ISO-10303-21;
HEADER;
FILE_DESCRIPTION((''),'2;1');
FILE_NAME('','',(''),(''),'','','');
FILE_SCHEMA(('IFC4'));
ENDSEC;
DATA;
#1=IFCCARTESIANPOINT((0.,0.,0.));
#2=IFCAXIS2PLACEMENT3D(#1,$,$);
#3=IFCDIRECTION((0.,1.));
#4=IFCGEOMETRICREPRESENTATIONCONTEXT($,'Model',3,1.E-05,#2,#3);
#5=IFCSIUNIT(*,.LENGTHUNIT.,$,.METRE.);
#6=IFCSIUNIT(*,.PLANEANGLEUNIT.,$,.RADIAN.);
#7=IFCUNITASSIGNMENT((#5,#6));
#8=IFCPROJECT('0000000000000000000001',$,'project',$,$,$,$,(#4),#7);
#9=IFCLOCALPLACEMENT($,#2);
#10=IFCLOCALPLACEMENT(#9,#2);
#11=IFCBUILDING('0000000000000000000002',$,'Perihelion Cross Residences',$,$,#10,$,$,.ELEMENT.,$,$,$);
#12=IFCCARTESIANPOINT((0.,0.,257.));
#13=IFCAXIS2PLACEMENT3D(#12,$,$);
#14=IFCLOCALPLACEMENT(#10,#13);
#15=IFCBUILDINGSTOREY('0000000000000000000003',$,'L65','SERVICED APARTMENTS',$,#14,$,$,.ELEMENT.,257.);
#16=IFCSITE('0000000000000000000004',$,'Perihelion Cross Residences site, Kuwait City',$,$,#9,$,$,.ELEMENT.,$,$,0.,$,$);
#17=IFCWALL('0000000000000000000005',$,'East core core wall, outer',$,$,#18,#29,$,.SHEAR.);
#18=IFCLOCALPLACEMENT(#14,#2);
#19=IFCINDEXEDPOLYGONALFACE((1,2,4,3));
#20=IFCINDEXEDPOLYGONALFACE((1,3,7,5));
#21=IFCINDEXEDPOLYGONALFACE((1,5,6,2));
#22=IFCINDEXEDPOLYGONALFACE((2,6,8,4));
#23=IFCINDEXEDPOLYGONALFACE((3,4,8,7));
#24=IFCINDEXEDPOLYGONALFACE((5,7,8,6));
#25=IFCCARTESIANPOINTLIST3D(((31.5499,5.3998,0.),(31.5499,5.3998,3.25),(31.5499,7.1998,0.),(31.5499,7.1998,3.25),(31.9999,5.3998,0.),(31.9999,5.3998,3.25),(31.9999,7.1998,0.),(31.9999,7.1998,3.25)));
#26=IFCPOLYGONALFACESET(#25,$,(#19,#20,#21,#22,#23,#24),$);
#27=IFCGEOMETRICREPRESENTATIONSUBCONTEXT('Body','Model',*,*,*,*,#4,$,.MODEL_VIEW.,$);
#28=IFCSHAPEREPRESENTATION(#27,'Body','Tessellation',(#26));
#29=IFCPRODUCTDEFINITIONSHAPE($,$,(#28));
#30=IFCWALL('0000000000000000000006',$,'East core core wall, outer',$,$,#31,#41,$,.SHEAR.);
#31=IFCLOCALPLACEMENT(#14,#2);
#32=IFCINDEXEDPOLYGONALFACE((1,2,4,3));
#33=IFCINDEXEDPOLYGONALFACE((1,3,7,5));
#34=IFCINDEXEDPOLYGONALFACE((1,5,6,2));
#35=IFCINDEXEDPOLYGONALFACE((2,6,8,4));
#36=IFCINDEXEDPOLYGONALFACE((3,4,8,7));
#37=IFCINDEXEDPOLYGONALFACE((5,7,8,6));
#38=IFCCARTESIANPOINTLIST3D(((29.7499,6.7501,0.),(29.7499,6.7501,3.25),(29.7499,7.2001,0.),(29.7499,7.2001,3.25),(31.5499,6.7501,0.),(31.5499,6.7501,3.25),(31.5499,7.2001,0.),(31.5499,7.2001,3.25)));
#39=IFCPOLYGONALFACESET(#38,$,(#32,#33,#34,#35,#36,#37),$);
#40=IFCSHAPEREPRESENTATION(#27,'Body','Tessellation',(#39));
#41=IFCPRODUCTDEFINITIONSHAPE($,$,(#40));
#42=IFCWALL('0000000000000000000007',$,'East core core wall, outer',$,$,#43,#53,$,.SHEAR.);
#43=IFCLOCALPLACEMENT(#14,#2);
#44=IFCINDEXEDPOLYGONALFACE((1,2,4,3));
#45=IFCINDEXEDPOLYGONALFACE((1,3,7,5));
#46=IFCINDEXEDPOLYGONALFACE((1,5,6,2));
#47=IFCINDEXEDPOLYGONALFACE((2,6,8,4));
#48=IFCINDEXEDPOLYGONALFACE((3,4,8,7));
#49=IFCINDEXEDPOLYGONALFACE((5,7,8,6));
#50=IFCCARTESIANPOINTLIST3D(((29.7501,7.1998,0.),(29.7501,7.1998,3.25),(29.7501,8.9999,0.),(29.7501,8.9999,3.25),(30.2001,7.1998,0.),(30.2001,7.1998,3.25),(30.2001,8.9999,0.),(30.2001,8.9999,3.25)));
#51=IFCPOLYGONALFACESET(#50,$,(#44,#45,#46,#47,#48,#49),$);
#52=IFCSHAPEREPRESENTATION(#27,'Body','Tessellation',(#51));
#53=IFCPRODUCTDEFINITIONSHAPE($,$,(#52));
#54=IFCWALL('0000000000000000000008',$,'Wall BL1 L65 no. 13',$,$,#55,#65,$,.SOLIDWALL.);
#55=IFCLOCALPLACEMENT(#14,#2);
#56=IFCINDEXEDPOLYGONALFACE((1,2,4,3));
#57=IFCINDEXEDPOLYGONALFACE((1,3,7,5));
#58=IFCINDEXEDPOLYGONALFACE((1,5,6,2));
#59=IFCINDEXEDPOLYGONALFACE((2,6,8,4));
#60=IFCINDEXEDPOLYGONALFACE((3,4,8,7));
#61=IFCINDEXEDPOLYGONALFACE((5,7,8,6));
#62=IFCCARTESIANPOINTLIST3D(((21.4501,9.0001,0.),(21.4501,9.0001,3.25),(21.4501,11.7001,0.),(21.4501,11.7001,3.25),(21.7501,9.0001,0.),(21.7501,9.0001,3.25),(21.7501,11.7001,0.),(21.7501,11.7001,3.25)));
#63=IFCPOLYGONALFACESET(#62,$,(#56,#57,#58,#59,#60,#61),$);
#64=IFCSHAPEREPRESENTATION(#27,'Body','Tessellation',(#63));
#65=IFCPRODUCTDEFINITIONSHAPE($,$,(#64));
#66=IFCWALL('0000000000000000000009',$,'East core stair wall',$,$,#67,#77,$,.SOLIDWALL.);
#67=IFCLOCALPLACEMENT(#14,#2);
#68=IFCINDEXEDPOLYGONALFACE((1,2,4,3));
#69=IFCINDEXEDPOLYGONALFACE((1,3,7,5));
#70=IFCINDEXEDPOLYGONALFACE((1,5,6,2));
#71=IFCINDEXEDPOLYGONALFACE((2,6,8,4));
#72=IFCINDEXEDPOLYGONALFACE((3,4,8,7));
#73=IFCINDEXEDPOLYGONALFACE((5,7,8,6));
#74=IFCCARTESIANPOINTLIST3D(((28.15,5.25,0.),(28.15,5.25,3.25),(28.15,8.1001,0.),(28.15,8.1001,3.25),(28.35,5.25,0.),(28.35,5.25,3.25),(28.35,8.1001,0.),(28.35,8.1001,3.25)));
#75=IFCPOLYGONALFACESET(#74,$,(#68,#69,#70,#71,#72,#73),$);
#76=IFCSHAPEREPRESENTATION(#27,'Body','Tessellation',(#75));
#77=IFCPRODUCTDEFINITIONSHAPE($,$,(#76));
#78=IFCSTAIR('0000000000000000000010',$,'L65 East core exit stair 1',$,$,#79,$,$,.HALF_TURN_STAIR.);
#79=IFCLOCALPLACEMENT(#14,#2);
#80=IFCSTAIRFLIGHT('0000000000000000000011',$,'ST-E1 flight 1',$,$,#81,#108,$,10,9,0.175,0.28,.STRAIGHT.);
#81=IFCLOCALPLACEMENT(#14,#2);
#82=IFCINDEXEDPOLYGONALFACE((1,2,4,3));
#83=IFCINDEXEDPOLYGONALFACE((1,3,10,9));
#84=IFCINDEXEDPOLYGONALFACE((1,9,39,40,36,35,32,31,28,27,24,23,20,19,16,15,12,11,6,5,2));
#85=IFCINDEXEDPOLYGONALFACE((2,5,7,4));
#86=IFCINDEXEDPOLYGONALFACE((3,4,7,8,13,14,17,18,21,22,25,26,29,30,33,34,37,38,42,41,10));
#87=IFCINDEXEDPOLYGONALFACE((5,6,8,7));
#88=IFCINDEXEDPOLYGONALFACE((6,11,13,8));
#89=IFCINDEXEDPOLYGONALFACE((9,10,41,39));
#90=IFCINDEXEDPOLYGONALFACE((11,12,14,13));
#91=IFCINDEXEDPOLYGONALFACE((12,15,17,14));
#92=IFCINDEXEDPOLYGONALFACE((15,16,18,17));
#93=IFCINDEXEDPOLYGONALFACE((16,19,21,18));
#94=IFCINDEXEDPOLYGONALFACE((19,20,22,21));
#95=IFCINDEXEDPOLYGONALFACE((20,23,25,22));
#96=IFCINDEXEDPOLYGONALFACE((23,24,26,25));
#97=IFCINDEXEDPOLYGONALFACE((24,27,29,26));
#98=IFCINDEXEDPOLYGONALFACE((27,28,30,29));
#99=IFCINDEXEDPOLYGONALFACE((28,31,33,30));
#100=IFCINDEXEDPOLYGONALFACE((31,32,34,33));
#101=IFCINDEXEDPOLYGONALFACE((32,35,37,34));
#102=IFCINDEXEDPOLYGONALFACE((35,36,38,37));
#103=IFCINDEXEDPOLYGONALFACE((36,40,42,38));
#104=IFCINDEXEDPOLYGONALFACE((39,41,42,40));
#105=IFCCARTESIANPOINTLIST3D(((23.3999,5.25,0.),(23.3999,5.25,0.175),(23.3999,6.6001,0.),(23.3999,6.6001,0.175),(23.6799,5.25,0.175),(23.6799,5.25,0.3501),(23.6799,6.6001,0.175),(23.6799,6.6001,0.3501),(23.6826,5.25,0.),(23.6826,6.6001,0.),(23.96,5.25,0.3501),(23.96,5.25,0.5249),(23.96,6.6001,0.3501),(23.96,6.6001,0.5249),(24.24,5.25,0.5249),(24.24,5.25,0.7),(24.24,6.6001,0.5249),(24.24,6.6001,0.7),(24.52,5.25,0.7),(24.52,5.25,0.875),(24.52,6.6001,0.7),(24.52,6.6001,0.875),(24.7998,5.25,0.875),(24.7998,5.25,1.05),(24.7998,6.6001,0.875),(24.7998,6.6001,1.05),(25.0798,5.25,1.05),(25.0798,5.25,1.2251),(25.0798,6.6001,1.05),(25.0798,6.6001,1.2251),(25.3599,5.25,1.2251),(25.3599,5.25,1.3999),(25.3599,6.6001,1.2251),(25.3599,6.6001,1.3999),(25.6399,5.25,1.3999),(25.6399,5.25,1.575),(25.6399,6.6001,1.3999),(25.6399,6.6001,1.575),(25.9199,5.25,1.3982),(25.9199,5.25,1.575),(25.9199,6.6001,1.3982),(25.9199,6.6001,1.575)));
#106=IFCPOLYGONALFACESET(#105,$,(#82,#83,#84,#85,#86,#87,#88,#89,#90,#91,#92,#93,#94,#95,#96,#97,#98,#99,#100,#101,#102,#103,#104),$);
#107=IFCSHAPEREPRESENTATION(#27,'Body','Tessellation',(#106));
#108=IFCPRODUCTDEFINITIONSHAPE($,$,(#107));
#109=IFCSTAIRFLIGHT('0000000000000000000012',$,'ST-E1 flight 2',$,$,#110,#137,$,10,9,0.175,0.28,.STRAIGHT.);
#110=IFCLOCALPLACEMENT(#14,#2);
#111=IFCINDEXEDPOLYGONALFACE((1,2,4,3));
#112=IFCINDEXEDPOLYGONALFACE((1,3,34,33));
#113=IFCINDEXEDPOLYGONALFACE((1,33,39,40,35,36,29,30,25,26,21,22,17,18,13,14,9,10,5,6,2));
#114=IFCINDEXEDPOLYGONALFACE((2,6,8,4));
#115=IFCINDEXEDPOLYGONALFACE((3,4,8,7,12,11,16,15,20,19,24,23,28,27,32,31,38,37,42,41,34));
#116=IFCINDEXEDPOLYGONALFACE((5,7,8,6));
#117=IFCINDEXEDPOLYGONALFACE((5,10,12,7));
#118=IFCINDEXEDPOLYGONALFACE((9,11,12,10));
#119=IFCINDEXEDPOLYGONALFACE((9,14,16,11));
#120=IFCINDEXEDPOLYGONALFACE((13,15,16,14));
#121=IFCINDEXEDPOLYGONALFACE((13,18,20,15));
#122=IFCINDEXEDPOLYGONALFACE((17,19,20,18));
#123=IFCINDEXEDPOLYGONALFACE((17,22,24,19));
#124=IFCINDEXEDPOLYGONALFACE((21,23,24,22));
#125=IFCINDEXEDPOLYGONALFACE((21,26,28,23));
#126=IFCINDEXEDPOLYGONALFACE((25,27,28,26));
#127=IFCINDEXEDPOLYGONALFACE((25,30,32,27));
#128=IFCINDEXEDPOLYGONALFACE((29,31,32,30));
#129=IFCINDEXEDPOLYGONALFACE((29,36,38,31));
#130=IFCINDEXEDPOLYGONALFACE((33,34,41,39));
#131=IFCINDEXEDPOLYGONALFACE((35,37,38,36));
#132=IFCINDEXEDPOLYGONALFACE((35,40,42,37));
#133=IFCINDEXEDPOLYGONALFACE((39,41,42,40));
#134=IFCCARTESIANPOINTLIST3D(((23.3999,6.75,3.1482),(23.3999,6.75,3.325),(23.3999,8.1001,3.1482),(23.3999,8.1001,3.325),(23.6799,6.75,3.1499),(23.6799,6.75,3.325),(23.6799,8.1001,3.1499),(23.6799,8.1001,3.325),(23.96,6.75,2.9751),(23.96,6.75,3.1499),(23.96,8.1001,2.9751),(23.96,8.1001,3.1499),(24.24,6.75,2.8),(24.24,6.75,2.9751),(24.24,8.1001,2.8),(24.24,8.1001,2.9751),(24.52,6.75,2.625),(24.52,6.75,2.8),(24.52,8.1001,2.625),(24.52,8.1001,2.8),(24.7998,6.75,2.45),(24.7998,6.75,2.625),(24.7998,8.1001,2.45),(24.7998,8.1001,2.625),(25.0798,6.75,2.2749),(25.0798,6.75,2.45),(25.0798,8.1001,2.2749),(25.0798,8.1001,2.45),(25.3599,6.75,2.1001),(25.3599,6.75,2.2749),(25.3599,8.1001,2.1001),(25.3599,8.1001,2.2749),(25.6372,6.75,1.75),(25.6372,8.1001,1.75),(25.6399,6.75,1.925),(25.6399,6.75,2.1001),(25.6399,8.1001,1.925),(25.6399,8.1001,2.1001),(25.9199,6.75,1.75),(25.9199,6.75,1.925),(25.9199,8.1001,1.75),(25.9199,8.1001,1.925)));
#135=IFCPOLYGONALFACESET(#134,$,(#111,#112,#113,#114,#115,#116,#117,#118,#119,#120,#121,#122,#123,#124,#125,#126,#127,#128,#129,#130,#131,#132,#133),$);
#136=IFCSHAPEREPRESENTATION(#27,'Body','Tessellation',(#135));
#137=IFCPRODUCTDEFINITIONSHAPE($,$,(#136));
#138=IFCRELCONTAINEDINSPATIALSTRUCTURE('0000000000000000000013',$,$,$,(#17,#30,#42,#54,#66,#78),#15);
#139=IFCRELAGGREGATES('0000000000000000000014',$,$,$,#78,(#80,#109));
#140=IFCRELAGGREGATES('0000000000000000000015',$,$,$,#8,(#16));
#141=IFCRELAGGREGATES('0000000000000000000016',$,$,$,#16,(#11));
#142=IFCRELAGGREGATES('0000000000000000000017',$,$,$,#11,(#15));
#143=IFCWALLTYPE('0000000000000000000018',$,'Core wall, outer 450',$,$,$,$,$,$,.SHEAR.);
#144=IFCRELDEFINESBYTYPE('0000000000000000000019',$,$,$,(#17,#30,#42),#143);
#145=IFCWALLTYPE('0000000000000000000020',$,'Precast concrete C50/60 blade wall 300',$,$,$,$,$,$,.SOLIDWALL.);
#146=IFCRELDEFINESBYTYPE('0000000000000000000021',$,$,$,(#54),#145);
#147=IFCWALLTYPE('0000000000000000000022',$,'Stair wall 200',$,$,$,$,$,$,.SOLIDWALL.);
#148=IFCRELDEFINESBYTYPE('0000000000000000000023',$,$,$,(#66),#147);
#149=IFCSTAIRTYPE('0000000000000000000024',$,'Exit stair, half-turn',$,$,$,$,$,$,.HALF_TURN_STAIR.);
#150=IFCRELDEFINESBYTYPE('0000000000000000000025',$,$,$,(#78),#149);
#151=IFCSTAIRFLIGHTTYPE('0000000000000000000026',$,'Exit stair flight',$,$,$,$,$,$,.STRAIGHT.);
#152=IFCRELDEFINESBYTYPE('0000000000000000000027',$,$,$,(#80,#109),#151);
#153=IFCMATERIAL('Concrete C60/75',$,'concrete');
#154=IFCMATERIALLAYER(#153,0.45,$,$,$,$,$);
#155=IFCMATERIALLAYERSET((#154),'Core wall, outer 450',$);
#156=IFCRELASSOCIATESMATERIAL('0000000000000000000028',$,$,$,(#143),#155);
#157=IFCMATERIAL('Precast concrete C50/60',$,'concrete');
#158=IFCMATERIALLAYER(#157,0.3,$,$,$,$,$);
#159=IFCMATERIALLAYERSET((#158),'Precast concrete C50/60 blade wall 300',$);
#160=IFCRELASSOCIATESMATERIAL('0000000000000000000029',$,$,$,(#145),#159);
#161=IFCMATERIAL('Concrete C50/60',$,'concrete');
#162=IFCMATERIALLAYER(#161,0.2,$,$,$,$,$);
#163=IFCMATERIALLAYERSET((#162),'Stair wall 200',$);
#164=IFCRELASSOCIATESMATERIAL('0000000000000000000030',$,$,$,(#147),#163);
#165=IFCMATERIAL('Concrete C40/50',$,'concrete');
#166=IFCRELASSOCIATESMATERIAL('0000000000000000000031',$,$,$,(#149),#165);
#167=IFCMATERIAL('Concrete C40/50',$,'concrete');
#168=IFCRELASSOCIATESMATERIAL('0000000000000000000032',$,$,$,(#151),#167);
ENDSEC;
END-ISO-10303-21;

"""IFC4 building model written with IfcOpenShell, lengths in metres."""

from ifc_helpers import new_model, si_unit, direction, frame, frame_2d, origin, place, context, subcontext, project, spatial, polyline, rectangle, outline, extrude, material, layer, layer_set, type_object, element, aggregate, save


model = new_model("IFC4")

# Units and contexts
model_context = context("Model", 3, precision=1e-05, world=origin(), true_north=direction((0.0, 1.0)))
body_context = subcontext(model_context, "Body", "Model", "MODEL_VIEW")
ifc_project = project(units=[si_unit("LENGTHUNIT", "METRE"), si_unit("PLANEANGLEUNIT", "RADIAN")], contexts=[model_context])

# Site, building, storey
site_placement = place(None, origin())
site = spatial("IfcSite", under=ifc_project, at=site_placement, Name="Perihelion Cross Residences site, Kuwait City", CompositionType="ELEMENT", RefElevation=0.0)
building_placement = place(site_placement, origin())
building = spatial("IfcBuilding", under=site, at=building_placement, Name="Perihelion Cross Residences", CompositionType="ELEMENT")
storey_placement = place(building_placement, frame((0.0, 0.0, 257.0)))
storey = spatial("IfcBuildingStorey", under=building, at=storey_placement, Name="L65", Description="SERVICED APARTMENTS", CompositionType="ELEMENT", Elevation=257.0)

# Walls
ifc_material_1 = material(Name="Concrete C60/75", Category="concrete")
ifc_layer_1 = layer(ifc_material_1, 0.45)
ifc_layer_set_1 = layer_set([ifc_layer_1], Name="Core wall, outer 450")
wall_type_1 = type_object("IfcWallType", Name="Core wall, outer 450", PredefinedType="SHEAR", material=ifc_layer_set_1)
for number, where, z_axis, x_axis, name in (
    (1, (31.7749, 5.3999, 0.0), (0.0, 0.0, 1.0), (0.0, 1.0, 0.0), "East core core wall, outer"),
    (2, (29.75, 6.9751, 0.0), (0.0, 0.0, 1.0), (1.0, 0.0, 0.0), "East core core wall, outer"),
    (3, (29.9751, 7.2, 0.0), (0.0, 0.0, 1.0), (0.0, 1.0, 0.0), "East core core wall, outer"),
):
    element("IfcWall", number, at=place(storey_placement, frame(where, z_axis=z_axis, x_axis=x_axis)), inside=storey, type_object=wall_type_1, Name=name, PredefinedType="SHEAR", context=body_context, shape_type="SweptSolid", body=[
        extrude(rectangle(XDim=1.8, YDim=0.45, at=frame_2d((0.8999, 0.0))), origin(), (0.0, 0.0, 1.0), 3.25),
    ])
ifc_material_2 = material(Name="Precast concrete C50/60", Category="concrete")
ifc_layer_2 = layer(ifc_material_2, 0.3)
ifc_layer_set_2 = layer_set([ifc_layer_2], Name="Precast concrete C50/60 blade wall 300")
wall_type_2 = type_object("IfcWallType", Name="Precast concrete C50/60 blade wall 300", PredefinedType="SOLIDWALL", material=ifc_layer_set_2)
wall_1_placement = place(storey_placement, frame((21.6001, 9.0, 0.0), z_axis=(0.0, 0.0, 1.0), x_axis=(0.0, 1.0, 0.0)))
element("IfcWall", 4, at=wall_1_placement, inside=storey, type_object=wall_type_2, Name="Wall BL1 L65 no. 13", PredefinedType="SOLIDWALL", context=body_context, shape_type="SweptSolid", body=[
    extrude(rectangle(XDim=2.7, YDim=0.3, at=frame_2d((1.3501, 0.0))), origin(), (0.0, 0.0, 1.0), 3.25),
])
ifc_material_3 = material(Name="Concrete C50/60", Category="concrete")
ifc_layer_3 = layer(ifc_material_3, 0.2)
ifc_layer_set_3 = layer_set([ifc_layer_3], Name="Stair wall 200")
wall_type_3 = type_object("IfcWallType", Name="Stair wall 200", PredefinedType="SOLIDWALL", material=ifc_layer_set_3)
wall_2_placement = place(storey_placement, frame((28.25, 5.25, 0.0), z_axis=(0.0, 0.0, 1.0), x_axis=(0.0, 1.0, 0.0)))
element("IfcWall", 5, at=wall_2_placement, inside=storey, type_object=wall_type_3, Name="East core stair wall", PredefinedType="SOLIDWALL", context=body_context, shape_type="SweptSolid", body=[
    extrude(rectangle(XDim=2.8501, YDim=0.2, at=frame_2d((1.425, 0.0))), origin(), (0.0, 0.0, 1.0), 3.25),
])

# Stair, stair flights
ifc_material_4 = material(Name="Concrete C40/50", Category="concrete")
stair_type = type_object("IfcStairType", Name="Exit stair, half-turn", PredefinedType="HALF_TURN_STAIR", material=ifc_material_4)
stair_placement = place(storey_placement, origin())
stair = element("IfcStair", 6, at=stair_placement, inside=storey, type_object=stair_type, Name="L65 East core exit stair 1", PredefinedType="HALF_TURN_STAIR")
ifc_material_5 = material(Name="Concrete C40/50", Category="concrete")
stair_flight_type = type_object("IfcStairFlightType", Name="Exit stair flight", PredefinedType="STRAIGHT", material=ifc_material_5)
stair_flight_1_placement = place(storey_placement, frame((23.3999, 5.925, 0.0), z_axis=(0.0, 0.0, 1.0), x_axis=(1.0, 0.0, 0.0)))
stair_flight_1 = element("IfcStairFlight", 7, at=stair_flight_1_placement, type_object=stair_flight_type, Name="ST-E1 flight 1", NumberOfRisers=10, NumberOfTreads=9, PredefinedType="STRAIGHT", RiserHeight=0.175, TreadLength=0.28, context=body_context, shape_type="SweptSolid", body=[
    extrude(outline(polyline([(0.0, 0.0), (0.0, 0.175), (0.28, 0.175), (0.28, 0.3501), (0.5601, 0.3501), (0.5601, 0.5249), (0.8401, 0.5249), (0.8401, 0.7), (1.1201, 0.7), (1.1201, 0.875), (1.3999, 0.875), (1.3999, 1.05), (1.6799, 1.05), (1.6799, 1.2251), (1.96, 1.2251), (1.96, 1.3999), (2.24, 1.3999), (2.24, 1.575), (2.52, 1.575), (2.52, 1.75), (2.52, 1.3982), (0.2827, 0.0), (0.0, 0.0)])), frame((0.0, 0.675, 0.0), z_axis=(0.0, -1.0, 0.0), x_axis=(1.0, 0.0, 0.0)), (0.0, 0.0, 1.0), 1.3501),
])
stair_flight_2_placement = place(storey_placement, frame((25.9199, 7.425, 1.75), z_axis=(0.0, 0.0, 1.0), x_axis=(-1.0, 0.0, 0.0)))
stair_flight_2 = element("IfcStairFlight", 8, at=stair_flight_2_placement, type_object=stair_flight_type, Name="ST-E1 flight 2", NumberOfRisers=10, NumberOfTreads=9, PredefinedType="STRAIGHT", RiserHeight=0.175, TreadLength=0.28, context=body_context, shape_type="SweptSolid", body=[
    extrude(outline(polyline([(0.0, 0.0), (0.0, 0.175), (0.28, 0.175), (0.28, 0.3501), (0.5601, 0.3501), (0.5601, 0.5249), (0.8401, 0.5249), (0.8401, 0.7), (1.1201, 0.7), (1.1201, 0.875), (1.3999, 0.875), (1.3999, 1.05), (1.6799, 1.05), (1.6799, 1.2251), (1.96, 1.2251), (1.96, 1.3999), (2.24, 1.3999), (2.24, 1.575), (2.52, 1.575), (2.52, 1.75), (2.52, 1.3982), (0.2827, 0.0), (0.0, 0.0)])), frame((0.0, 0.675, 0.0), z_axis=(0.0, -1.0, 0.0), x_axis=(1.0, 0.0, 0.0)), (0.0, 0.0, 1.0), 1.3501),
])
aggregate(stair, [stair_flight_1, stair_flight_2])

save(model, "model.ifc")
